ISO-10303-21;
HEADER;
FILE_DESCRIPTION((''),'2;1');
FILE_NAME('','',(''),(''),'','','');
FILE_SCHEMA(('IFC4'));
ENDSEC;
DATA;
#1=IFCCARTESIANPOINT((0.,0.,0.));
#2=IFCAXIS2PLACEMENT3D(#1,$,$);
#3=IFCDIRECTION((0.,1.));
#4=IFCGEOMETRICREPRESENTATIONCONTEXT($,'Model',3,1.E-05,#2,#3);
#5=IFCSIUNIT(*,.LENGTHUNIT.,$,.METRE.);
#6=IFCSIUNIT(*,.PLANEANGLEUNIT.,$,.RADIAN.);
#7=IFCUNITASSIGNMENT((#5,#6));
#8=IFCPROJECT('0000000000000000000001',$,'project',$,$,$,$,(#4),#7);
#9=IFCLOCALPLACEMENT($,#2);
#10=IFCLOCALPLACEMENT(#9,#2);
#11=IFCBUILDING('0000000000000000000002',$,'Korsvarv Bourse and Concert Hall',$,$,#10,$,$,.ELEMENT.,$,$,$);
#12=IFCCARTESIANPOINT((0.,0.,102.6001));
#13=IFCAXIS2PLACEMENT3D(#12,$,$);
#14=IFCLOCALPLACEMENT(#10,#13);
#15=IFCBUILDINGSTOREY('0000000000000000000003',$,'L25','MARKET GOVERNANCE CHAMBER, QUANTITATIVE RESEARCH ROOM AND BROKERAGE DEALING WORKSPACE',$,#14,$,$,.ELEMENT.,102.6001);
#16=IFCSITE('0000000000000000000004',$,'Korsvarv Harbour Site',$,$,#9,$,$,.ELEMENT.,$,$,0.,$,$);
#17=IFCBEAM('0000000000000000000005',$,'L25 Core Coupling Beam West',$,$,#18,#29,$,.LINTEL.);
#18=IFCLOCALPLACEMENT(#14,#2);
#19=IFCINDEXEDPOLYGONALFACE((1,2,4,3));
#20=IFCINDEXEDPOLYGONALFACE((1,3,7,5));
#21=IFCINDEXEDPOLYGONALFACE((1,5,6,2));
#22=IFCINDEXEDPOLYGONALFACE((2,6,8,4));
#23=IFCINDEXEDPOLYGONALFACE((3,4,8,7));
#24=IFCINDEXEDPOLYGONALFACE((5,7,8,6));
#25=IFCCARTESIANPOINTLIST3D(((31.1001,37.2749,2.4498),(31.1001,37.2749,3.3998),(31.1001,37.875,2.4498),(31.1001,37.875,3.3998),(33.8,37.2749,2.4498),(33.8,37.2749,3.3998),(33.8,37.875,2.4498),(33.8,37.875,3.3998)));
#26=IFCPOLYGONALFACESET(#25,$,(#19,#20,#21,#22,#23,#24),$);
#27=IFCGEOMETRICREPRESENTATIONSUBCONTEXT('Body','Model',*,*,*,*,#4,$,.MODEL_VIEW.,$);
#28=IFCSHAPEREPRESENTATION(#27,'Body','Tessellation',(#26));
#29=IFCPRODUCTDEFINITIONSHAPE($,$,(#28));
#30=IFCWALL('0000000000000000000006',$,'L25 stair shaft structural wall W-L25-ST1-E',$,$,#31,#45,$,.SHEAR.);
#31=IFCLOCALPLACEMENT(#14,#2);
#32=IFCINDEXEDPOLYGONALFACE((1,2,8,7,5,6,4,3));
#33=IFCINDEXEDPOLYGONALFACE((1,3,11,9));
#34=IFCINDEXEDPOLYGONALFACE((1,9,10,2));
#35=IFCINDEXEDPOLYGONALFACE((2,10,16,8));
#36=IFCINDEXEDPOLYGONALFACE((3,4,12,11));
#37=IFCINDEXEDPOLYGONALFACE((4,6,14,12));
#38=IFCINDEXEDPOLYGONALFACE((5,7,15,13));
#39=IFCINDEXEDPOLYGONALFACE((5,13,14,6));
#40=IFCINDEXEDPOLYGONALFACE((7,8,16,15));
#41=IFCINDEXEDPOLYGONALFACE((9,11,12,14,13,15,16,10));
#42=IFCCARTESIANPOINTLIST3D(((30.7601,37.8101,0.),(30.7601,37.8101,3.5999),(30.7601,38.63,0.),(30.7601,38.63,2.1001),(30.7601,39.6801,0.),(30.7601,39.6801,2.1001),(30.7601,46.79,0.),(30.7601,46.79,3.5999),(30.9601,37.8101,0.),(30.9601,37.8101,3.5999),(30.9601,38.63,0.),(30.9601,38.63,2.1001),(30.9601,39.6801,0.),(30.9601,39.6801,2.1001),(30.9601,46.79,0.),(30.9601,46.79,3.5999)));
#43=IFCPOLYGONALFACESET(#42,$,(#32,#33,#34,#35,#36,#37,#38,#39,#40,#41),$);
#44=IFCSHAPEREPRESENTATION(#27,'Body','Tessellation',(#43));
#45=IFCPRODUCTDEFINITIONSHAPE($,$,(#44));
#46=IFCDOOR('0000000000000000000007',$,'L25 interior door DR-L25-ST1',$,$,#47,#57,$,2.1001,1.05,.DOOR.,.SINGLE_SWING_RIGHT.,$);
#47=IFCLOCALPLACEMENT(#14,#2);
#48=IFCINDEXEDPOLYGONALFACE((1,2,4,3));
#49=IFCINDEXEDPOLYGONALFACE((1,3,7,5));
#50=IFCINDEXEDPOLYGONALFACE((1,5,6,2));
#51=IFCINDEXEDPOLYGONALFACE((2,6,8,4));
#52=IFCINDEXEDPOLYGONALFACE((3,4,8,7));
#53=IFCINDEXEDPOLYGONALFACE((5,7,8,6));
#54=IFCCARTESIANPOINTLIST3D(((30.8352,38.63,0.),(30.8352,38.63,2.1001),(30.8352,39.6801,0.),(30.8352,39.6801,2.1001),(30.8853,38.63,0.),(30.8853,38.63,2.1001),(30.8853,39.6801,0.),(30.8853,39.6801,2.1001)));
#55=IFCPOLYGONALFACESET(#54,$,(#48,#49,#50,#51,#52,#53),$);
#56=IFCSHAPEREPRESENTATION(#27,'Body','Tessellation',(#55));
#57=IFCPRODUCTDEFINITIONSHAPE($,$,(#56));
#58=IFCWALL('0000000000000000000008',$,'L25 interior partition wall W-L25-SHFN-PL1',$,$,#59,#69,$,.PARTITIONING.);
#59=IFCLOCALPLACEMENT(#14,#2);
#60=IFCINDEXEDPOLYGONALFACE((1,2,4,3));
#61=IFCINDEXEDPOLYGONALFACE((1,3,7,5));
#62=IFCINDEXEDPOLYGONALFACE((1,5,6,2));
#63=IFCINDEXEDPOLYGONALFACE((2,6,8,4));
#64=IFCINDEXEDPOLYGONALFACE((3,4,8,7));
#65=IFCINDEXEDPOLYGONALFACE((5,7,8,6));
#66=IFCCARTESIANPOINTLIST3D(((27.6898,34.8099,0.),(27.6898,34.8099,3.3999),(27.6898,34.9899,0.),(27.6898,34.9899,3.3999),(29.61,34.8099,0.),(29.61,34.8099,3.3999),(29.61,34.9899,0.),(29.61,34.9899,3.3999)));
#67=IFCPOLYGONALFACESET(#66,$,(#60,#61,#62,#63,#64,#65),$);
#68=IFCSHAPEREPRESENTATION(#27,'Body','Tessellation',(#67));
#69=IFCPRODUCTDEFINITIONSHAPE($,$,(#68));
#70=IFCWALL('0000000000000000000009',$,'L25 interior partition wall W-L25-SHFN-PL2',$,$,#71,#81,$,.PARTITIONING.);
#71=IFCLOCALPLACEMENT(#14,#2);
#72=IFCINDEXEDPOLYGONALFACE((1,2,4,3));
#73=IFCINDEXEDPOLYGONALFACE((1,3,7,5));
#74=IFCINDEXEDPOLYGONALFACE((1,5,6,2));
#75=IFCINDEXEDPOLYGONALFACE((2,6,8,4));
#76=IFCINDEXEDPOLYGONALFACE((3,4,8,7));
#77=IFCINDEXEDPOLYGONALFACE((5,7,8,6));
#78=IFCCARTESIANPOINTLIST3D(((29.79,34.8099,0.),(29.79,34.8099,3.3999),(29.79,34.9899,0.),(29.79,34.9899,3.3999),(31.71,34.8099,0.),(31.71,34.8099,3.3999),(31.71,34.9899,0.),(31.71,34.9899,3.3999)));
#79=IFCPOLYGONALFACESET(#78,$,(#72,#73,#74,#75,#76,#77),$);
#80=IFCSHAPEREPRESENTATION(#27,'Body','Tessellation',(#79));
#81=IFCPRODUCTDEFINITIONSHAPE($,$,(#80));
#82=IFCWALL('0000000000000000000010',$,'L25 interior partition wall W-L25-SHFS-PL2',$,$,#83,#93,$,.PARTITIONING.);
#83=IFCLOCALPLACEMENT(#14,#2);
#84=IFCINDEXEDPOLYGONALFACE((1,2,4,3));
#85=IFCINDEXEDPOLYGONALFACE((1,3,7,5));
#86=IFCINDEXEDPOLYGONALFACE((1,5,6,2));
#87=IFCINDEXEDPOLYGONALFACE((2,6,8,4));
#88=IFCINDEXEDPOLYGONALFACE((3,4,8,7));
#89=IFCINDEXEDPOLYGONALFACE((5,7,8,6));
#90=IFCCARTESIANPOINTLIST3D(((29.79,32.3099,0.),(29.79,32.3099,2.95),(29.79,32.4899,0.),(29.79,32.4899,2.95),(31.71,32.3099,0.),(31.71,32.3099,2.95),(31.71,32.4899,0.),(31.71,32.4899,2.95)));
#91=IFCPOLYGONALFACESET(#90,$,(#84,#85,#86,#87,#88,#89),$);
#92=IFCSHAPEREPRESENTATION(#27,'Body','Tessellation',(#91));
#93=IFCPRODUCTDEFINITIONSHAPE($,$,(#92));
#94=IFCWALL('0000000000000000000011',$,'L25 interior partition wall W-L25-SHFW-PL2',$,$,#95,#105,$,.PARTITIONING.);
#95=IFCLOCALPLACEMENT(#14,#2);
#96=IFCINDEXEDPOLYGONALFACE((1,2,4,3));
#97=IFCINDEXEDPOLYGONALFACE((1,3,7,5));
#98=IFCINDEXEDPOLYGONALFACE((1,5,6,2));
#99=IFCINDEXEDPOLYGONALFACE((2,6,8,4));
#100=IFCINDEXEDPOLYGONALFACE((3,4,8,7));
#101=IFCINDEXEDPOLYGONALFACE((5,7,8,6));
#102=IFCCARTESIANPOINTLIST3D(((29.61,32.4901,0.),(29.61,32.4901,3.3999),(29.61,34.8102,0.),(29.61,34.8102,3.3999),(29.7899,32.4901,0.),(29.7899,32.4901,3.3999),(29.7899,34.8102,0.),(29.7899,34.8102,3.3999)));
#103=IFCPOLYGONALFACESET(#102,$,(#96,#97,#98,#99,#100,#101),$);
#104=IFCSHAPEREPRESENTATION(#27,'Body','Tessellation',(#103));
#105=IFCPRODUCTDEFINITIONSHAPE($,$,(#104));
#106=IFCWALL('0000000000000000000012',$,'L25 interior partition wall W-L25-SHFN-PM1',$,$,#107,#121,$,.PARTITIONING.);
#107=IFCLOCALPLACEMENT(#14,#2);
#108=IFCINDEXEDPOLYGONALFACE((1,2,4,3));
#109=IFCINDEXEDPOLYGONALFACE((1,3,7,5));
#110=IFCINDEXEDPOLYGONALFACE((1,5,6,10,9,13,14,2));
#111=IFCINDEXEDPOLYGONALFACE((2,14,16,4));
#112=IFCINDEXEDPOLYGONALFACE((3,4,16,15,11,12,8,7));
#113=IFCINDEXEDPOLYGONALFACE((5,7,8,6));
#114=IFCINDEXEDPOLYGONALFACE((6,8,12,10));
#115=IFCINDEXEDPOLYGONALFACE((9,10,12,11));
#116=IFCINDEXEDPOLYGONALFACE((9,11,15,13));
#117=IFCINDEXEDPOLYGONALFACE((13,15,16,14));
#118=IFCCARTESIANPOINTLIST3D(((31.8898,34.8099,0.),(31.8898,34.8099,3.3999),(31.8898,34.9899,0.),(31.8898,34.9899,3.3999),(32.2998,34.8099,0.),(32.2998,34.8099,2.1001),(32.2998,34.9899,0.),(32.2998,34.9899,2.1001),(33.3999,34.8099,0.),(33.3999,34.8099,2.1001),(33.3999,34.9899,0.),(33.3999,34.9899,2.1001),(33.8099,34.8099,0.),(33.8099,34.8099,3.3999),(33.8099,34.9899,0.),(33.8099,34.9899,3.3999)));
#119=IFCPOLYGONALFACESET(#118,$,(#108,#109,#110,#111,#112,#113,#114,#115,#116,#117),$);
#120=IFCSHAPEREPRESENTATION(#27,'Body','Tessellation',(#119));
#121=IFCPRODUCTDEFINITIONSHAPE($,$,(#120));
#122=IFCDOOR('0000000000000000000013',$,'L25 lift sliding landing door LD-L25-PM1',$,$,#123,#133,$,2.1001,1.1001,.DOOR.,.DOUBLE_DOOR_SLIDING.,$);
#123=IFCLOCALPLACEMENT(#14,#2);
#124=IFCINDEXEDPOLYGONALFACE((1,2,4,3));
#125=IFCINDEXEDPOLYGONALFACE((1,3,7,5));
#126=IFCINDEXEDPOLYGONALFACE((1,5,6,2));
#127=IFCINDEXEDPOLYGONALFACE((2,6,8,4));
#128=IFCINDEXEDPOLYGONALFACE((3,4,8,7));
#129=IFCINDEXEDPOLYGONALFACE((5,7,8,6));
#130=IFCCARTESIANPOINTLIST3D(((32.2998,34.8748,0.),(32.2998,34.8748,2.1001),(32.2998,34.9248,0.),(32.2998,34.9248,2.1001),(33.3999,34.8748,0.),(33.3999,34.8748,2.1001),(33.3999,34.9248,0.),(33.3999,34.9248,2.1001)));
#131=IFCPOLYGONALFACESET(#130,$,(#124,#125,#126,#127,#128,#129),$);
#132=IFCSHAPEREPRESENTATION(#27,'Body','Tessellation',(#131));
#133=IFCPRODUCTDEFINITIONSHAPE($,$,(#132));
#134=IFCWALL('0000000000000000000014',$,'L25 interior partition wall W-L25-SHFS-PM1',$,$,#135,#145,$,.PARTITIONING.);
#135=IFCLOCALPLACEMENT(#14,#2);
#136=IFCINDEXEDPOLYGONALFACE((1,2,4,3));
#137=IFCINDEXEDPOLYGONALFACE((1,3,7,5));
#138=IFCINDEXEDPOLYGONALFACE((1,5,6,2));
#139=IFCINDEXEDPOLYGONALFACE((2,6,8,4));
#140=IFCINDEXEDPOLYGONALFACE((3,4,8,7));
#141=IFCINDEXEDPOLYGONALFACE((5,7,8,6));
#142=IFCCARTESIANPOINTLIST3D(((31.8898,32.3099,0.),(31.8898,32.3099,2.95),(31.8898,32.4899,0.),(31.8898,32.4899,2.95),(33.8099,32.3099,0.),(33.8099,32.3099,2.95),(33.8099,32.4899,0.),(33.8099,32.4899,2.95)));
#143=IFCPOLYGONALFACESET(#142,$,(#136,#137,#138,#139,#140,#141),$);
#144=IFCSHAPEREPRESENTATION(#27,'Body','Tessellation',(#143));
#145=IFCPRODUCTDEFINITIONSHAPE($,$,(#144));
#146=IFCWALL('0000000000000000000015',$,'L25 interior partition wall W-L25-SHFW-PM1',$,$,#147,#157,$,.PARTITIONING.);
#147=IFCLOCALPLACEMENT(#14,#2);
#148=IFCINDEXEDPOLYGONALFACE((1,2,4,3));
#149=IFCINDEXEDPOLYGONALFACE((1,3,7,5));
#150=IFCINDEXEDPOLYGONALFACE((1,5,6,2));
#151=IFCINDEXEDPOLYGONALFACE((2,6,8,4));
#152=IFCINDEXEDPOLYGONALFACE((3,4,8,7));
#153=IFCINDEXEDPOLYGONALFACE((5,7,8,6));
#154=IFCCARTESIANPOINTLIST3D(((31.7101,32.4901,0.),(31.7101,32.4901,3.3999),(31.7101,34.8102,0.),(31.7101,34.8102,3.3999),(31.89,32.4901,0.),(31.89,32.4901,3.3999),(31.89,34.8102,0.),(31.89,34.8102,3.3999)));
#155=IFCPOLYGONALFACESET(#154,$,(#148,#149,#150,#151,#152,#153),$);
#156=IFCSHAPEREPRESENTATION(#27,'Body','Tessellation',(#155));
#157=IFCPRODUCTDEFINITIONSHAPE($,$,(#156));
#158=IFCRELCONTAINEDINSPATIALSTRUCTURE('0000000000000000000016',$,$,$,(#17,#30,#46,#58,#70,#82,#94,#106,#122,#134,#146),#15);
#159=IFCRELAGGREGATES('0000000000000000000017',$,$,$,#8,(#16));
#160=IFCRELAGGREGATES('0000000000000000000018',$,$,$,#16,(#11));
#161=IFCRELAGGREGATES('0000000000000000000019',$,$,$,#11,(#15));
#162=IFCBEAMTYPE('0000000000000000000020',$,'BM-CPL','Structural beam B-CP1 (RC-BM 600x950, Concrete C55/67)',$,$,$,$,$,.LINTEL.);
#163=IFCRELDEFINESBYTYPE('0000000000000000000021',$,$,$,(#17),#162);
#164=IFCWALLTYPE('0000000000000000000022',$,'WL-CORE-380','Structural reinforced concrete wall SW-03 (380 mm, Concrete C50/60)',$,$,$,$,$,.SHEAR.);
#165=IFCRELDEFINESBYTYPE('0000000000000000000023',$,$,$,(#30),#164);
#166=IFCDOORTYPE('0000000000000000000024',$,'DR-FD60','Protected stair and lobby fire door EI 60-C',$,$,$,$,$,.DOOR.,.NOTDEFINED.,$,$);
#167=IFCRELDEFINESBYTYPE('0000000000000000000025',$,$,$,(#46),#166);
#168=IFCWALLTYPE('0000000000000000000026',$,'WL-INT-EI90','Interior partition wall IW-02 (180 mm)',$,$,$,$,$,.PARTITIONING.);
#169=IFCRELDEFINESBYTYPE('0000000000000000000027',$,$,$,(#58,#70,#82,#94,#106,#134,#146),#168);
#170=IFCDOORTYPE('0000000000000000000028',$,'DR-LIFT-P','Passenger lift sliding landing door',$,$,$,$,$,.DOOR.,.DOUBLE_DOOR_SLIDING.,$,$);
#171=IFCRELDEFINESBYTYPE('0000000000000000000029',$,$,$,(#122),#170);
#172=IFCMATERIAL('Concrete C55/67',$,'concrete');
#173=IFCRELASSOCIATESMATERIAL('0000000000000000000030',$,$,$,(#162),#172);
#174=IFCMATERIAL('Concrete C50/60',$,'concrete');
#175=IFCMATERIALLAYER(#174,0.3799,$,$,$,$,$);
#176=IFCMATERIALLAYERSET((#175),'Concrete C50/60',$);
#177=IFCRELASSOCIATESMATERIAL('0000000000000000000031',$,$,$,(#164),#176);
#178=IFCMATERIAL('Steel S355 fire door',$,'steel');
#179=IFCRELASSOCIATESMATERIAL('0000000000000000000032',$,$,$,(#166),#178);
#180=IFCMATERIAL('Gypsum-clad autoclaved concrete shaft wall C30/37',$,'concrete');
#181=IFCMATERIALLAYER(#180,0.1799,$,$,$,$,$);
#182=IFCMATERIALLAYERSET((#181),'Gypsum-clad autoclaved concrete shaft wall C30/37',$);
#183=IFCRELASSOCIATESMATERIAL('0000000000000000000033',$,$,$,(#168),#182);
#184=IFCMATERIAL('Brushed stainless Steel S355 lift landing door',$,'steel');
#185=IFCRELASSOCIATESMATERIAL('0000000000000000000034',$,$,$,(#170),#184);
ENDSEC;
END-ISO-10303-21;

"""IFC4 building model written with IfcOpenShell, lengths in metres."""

from ifc_helpers import new_model, si_unit, direction, frame, frame_2d, origin, origin_2d, place, context, subcontext, project, spatial, rectangle, extrude, source, transform, mapped, material, layer, layer_set, material_profile, profile_set, type_object, element, fill, save


model = new_model("IFC4")

# Units and contexts
model_context = context("Model", 3, precision=1e-05, world=origin(), true_north=direction((0.0, 1.0)))
body_context = subcontext(model_context, "Body", "Model", "MODEL_VIEW")
ifc_project = project(units=[si_unit("LENGTHUNIT", "METRE"), si_unit("PLANEANGLEUNIT", "RADIAN")], contexts=[model_context])

# Site, building, storey
site_placement = place(None, origin())
site = spatial("IfcSite", under=ifc_project, at=site_placement, Name="Korsvarv Harbour Site", CompositionType="ELEMENT", RefElevation=0.0)
building_placement = place(site_placement, origin())
building = spatial("IfcBuilding", under=site, at=building_placement, Name="Korsvarv Bourse and Concert Hall", CompositionType="ELEMENT")
storey_placement = place(building_placement, frame((0.0, 0.0, 102.6001)))
storey = spatial("IfcBuildingStorey", under=building, at=storey_placement, Name="L25", Description="MARKET GOVERNANCE CHAMBER, QUANTITATIVE RESEARCH ROOM AND BROKERAGE DEALING WORKSPACE", CompositionType="ELEMENT", Elevation=102.6001)

# Beam
ifc_material_1 = material(Name="Concrete C55/67", Category="concrete")
ifc_material_profile = material_profile(ifc_material_1, rectangle(XDim=0.6001, YDim=0.95, at=origin_2d()), Name="RC-BM 600x950")
ifc_profile_set = profile_set([ifc_material_profile], Name="Concrete C55/67")
beam_type = type_object("IfcBeamType", Name="BM-CPL", Description="Structural beam B-CP1 (RC-BM 600x950, Concrete C55/67)", PredefinedType="LINTEL", material=ifc_profile_set)
shared_shape = source(origin(), body_context, "Body", "SweptSolid", [
    extrude(rectangle(XDim=0.6001, YDim=0.95, at=origin_2d()), origin(), (0.0, 0.0, 1.0), 2.7),
])
beam_placement = place(storey_placement, frame((31.1001, 37.575, 2.9248), z_axis=(1.0, 0.0, 0.0), x_axis=(0.0, 1.0, 0.0)))
element("IfcBeam", 1, at=beam_placement, inside=storey, type_object=beam_type, Name="L25 Core Coupling Beam West", PredefinedType="LINTEL", context=body_context, shape_type="MappedRepresentation", body=[
    mapped(shared_shape, transform((0.0, 0.0, 0.0), scale=1.0)),
])

# Wall, opening, door
ifc_material_2 = material(Name="Concrete C50/60", Category="concrete")
ifc_layer_1 = layer(ifc_material_2, 0.3799)
ifc_layer_set_1 = layer_set([ifc_layer_1], Name="Concrete C50/60")
wall_type_1 = type_object("IfcWallType", Name="WL-CORE-380", Description="Structural reinforced concrete wall SW-03 (380 mm, Concrete C50/60)", PredefinedType="SHEAR", material=ifc_layer_set_1)
wall_1_placement = place(storey_placement, frame((30.8601, 37.8101, 0.0), z_axis=(0.0, 0.0, 1.0), x_axis=(0.0, 1.0, 0.0)))
wall_1 = element("IfcWall", 2, at=wall_1_placement, inside=storey, type_object=wall_type_1, Name="L25 stair shaft structural wall W-L25-ST1-E", PredefinedType="SHEAR", context=body_context, shape_type="SweptSolid", body=[
    extrude(rectangle(XDim=8.98, YDim=0.2, at=frame_2d((4.49, 0.0))), origin(), (0.0, 0.0, 1.0), 3.5999),
])
opening_1_placement = place(wall_1_placement, frame((0.8201, 0.0, 0.0)))
opening_1 = element("IfcOpeningElement", 3, at=opening_1_placement, cuts=wall_1, PredefinedType="OPENING", context=body_context, shape_type="SweptSolid", body=[
    extrude(rectangle(XDim=1.05, YDim=2.1001, at=frame_2d((0.5249, 1.05))), frame((0.0, 0.1099, 0.0), z_axis=(0.0, -1.0, 0.0), x_axis=(1.0, 0.0, 0.0)), (0.0, 0.0, 1.0), 0.22),
])
ifc_material_3 = material(Name="Steel S355 fire door", Category="steel")
door_type_1 = type_object("IfcDoorType", Name="DR-FD60", Description="Protected stair and lobby fire door EI 60-C", OperationType="NOTDEFINED", PredefinedType="DOOR", material=ifc_material_3)
door_1_placement = place(opening_1_placement, origin())
door_1 = element("IfcDoor", 4, at=door_1_placement, inside=storey, type_object=door_type_1, Name="L25 interior door DR-L25-ST1", OperationType="SINGLE_SWING_RIGHT", OverallHeight=2.1001, OverallWidth=1.05, PredefinedType="DOOR", context=body_context, shape_type="SweptSolid", body=[
    extrude(rectangle(XDim=1.05, YDim=2.1001, at=frame_2d((0.5249, 1.05))), frame((0.0, 0.0249, 0.0), z_axis=(0.0, -1.0, 0.0), x_axis=(1.0, 0.0, 0.0)), (0.0, 0.0, 1.0), 0.05),
])
fill(opening_1, door_1)

# Walls
ifc_material_4 = material(Name="Gypsum-clad autoclaved concrete shaft wall C30/37", Category="concrete")
ifc_layer_2 = layer(ifc_material_4, 0.1799)
ifc_layer_set_2 = layer_set([ifc_layer_2], Name="Gypsum-clad autoclaved concrete shaft wall C30/37")
wall_type_2 = type_object("IfcWallType", Name="WL-INT-EI90", Description="Interior partition wall IW-02 (180 mm)", PredefinedType="PARTITIONING", material=ifc_layer_set_2)
wall_2_placement = place(storey_placement, frame((27.6899, 34.8999, 0.0), z_axis=(0.0, 0.0, 1.0), x_axis=(1.0, 0.0, 0.0)))
element("IfcWall", 5, at=wall_2_placement, inside=storey, type_object=wall_type_2, Name="L25 interior partition wall W-L25-SHFN-PL1", PredefinedType="PARTITIONING", context=body_context, shape_type="SweptSolid", body=[
    extrude(rectangle(XDim=1.9202, YDim=0.1799, at=frame_2d((0.96, 0.0))), origin(), (0.0, 0.0, 1.0), 3.3999),
])
wall_3_placement = place(storey_placement, frame((29.79, 34.8999, 0.0), z_axis=(0.0, 0.0, 1.0), x_axis=(1.0, 0.0, 0.0)))
element("IfcWall", 6, at=wall_3_placement, inside=storey, type_object=wall_type_2, Name="L25 interior partition wall W-L25-SHFN-PL2", PredefinedType="PARTITIONING", context=body_context, shape_type="SweptSolid", body=[
    extrude(rectangle(XDim=1.9199, YDim=0.1799, at=frame_2d((0.96, 0.0))), origin(), (0.0, 0.0, 1.0), 3.3999),
])
wall_4_placement = place(storey_placement, frame((29.79, 32.3999, 0.0), z_axis=(0.0, 0.0, 1.0), x_axis=(1.0, 0.0, 0.0)))
element("IfcWall", 7, at=wall_4_placement, inside=storey, type_object=wall_type_2, Name="L25 interior partition wall W-L25-SHFS-PL2", PredefinedType="PARTITIONING", context=body_context, shape_type="SweptSolid", body=[
    extrude(rectangle(XDim=1.9199, YDim=0.1799, at=frame_2d((0.96, 0.0))), origin(), (0.0, 0.0, 1.0), 2.95),
])
wall_5_placement = place(storey_placement, frame((29.7, 32.49, 0.0), z_axis=(0.0, 0.0, 1.0), x_axis=(0.0, 1.0, 0.0)))
element("IfcWall", 8, at=wall_5_placement, inside=storey, type_object=wall_type_2, Name="L25 interior partition wall W-L25-SHFW-PL2", PredefinedType="PARTITIONING", context=body_context, shape_type="SweptSolid", body=[
    extrude(rectangle(XDim=2.3201, YDim=0.1799, at=frame_2d((1.1602, 0.0))), origin(), (0.0, 0.0, 1.0), 3.3999),
])

# Wall, opening, door
wall_6_placement = place(storey_placement, frame((31.8899, 34.8999, 0.0), z_axis=(0.0, 0.0, 1.0), x_axis=(1.0, 0.0, 0.0)))
wall_6 = element("IfcWall", 9, at=wall_6_placement, inside=storey, type_object=wall_type_2, Name="L25 interior partition wall W-L25-SHFN-PM1", PredefinedType="PARTITIONING", context=body_context, shape_type="SweptSolid", body=[
    extrude(rectangle(XDim=1.9202, YDim=0.1799, at=frame_2d((0.96, 0.0))), origin(), (0.0, 0.0, 1.0), 3.3999),
])
opening_2_placement = place(wall_6_placement, frame((0.4099, 0.0, 0.0)))
opening_2 = element("IfcOpeningElement", 10, at=opening_2_placement, cuts=wall_6, PredefinedType="OPENING", context=body_context, shape_type="SweptSolid", body=[
    extrude(rectangle(XDim=1.1001, YDim=2.1001, at=frame_2d((0.55, 1.05))), frame((0.0, 0.1001, 0.0), z_axis=(0.0, -1.0, 0.0), x_axis=(1.0, 0.0, 0.0)), (0.0, 0.0, 1.0), 0.2),
])
ifc_material_5 = material(Name="Brushed stainless Steel S355 lift landing door", Category="steel")
door_type_2 = type_object("IfcDoorType", Name="DR-LIFT-P", Description="Passenger lift sliding landing door", OperationType="DOUBLE_DOOR_SLIDING", PredefinedType="DOOR", material=ifc_material_5)
door_2_placement = place(opening_2_placement, origin())
door_2 = element("IfcDoor", 11, at=door_2_placement, inside=storey, type_object=door_type_2, Name="L25 lift sliding landing door LD-L25-PM1", OperationType="DOUBLE_DOOR_SLIDING", OverallHeight=2.1001, OverallWidth=1.1001, PredefinedType="DOOR", context=body_context, shape_type="SweptSolid", body=[
    extrude(rectangle(XDim=1.1001, YDim=2.1001, at=frame_2d((0.55, 1.05))), frame((0.0, 0.0249, 0.0), z_axis=(0.0, -1.0, 0.0), x_axis=(1.0, 0.0, 0.0)), (0.0, 0.0, 1.0), 0.05),
])
fill(opening_2, door_2)

# Walls
wall_7_placement = place(storey_placement, frame((31.8899, 32.3999, 0.0), z_axis=(0.0, 0.0, 1.0), x_axis=(1.0, 0.0, 0.0)))
element("IfcWall", 12, at=wall_7_placement, inside=storey, type_object=wall_type_2, Name="L25 interior partition wall W-L25-SHFS-PM1", PredefinedType="PARTITIONING", context=body_context, shape_type="SweptSolid", body=[
    extrude(rectangle(XDim=1.9202, YDim=0.1799, at=frame_2d((0.96, 0.0))), origin(), (0.0, 0.0, 1.0), 2.95),
])
wall_8_placement = place(storey_placement, frame((31.8, 32.49, 0.0), z_axis=(0.0, 0.0, 1.0), x_axis=(0.0, 1.0, 0.0)))
element("IfcWall", 13, at=wall_8_placement, inside=storey, type_object=wall_type_2, Name="L25 interior partition wall W-L25-SHFW-PM1", PredefinedType="PARTITIONING", context=body_context, shape_type="SweptSolid", body=[
    extrude(rectangle(XDim=2.3201, YDim=0.1799, at=frame_2d((1.1602, 0.0))), origin(), (0.0, 0.0, 1.0), 3.3999),
])

save(model, "model.ifc")
